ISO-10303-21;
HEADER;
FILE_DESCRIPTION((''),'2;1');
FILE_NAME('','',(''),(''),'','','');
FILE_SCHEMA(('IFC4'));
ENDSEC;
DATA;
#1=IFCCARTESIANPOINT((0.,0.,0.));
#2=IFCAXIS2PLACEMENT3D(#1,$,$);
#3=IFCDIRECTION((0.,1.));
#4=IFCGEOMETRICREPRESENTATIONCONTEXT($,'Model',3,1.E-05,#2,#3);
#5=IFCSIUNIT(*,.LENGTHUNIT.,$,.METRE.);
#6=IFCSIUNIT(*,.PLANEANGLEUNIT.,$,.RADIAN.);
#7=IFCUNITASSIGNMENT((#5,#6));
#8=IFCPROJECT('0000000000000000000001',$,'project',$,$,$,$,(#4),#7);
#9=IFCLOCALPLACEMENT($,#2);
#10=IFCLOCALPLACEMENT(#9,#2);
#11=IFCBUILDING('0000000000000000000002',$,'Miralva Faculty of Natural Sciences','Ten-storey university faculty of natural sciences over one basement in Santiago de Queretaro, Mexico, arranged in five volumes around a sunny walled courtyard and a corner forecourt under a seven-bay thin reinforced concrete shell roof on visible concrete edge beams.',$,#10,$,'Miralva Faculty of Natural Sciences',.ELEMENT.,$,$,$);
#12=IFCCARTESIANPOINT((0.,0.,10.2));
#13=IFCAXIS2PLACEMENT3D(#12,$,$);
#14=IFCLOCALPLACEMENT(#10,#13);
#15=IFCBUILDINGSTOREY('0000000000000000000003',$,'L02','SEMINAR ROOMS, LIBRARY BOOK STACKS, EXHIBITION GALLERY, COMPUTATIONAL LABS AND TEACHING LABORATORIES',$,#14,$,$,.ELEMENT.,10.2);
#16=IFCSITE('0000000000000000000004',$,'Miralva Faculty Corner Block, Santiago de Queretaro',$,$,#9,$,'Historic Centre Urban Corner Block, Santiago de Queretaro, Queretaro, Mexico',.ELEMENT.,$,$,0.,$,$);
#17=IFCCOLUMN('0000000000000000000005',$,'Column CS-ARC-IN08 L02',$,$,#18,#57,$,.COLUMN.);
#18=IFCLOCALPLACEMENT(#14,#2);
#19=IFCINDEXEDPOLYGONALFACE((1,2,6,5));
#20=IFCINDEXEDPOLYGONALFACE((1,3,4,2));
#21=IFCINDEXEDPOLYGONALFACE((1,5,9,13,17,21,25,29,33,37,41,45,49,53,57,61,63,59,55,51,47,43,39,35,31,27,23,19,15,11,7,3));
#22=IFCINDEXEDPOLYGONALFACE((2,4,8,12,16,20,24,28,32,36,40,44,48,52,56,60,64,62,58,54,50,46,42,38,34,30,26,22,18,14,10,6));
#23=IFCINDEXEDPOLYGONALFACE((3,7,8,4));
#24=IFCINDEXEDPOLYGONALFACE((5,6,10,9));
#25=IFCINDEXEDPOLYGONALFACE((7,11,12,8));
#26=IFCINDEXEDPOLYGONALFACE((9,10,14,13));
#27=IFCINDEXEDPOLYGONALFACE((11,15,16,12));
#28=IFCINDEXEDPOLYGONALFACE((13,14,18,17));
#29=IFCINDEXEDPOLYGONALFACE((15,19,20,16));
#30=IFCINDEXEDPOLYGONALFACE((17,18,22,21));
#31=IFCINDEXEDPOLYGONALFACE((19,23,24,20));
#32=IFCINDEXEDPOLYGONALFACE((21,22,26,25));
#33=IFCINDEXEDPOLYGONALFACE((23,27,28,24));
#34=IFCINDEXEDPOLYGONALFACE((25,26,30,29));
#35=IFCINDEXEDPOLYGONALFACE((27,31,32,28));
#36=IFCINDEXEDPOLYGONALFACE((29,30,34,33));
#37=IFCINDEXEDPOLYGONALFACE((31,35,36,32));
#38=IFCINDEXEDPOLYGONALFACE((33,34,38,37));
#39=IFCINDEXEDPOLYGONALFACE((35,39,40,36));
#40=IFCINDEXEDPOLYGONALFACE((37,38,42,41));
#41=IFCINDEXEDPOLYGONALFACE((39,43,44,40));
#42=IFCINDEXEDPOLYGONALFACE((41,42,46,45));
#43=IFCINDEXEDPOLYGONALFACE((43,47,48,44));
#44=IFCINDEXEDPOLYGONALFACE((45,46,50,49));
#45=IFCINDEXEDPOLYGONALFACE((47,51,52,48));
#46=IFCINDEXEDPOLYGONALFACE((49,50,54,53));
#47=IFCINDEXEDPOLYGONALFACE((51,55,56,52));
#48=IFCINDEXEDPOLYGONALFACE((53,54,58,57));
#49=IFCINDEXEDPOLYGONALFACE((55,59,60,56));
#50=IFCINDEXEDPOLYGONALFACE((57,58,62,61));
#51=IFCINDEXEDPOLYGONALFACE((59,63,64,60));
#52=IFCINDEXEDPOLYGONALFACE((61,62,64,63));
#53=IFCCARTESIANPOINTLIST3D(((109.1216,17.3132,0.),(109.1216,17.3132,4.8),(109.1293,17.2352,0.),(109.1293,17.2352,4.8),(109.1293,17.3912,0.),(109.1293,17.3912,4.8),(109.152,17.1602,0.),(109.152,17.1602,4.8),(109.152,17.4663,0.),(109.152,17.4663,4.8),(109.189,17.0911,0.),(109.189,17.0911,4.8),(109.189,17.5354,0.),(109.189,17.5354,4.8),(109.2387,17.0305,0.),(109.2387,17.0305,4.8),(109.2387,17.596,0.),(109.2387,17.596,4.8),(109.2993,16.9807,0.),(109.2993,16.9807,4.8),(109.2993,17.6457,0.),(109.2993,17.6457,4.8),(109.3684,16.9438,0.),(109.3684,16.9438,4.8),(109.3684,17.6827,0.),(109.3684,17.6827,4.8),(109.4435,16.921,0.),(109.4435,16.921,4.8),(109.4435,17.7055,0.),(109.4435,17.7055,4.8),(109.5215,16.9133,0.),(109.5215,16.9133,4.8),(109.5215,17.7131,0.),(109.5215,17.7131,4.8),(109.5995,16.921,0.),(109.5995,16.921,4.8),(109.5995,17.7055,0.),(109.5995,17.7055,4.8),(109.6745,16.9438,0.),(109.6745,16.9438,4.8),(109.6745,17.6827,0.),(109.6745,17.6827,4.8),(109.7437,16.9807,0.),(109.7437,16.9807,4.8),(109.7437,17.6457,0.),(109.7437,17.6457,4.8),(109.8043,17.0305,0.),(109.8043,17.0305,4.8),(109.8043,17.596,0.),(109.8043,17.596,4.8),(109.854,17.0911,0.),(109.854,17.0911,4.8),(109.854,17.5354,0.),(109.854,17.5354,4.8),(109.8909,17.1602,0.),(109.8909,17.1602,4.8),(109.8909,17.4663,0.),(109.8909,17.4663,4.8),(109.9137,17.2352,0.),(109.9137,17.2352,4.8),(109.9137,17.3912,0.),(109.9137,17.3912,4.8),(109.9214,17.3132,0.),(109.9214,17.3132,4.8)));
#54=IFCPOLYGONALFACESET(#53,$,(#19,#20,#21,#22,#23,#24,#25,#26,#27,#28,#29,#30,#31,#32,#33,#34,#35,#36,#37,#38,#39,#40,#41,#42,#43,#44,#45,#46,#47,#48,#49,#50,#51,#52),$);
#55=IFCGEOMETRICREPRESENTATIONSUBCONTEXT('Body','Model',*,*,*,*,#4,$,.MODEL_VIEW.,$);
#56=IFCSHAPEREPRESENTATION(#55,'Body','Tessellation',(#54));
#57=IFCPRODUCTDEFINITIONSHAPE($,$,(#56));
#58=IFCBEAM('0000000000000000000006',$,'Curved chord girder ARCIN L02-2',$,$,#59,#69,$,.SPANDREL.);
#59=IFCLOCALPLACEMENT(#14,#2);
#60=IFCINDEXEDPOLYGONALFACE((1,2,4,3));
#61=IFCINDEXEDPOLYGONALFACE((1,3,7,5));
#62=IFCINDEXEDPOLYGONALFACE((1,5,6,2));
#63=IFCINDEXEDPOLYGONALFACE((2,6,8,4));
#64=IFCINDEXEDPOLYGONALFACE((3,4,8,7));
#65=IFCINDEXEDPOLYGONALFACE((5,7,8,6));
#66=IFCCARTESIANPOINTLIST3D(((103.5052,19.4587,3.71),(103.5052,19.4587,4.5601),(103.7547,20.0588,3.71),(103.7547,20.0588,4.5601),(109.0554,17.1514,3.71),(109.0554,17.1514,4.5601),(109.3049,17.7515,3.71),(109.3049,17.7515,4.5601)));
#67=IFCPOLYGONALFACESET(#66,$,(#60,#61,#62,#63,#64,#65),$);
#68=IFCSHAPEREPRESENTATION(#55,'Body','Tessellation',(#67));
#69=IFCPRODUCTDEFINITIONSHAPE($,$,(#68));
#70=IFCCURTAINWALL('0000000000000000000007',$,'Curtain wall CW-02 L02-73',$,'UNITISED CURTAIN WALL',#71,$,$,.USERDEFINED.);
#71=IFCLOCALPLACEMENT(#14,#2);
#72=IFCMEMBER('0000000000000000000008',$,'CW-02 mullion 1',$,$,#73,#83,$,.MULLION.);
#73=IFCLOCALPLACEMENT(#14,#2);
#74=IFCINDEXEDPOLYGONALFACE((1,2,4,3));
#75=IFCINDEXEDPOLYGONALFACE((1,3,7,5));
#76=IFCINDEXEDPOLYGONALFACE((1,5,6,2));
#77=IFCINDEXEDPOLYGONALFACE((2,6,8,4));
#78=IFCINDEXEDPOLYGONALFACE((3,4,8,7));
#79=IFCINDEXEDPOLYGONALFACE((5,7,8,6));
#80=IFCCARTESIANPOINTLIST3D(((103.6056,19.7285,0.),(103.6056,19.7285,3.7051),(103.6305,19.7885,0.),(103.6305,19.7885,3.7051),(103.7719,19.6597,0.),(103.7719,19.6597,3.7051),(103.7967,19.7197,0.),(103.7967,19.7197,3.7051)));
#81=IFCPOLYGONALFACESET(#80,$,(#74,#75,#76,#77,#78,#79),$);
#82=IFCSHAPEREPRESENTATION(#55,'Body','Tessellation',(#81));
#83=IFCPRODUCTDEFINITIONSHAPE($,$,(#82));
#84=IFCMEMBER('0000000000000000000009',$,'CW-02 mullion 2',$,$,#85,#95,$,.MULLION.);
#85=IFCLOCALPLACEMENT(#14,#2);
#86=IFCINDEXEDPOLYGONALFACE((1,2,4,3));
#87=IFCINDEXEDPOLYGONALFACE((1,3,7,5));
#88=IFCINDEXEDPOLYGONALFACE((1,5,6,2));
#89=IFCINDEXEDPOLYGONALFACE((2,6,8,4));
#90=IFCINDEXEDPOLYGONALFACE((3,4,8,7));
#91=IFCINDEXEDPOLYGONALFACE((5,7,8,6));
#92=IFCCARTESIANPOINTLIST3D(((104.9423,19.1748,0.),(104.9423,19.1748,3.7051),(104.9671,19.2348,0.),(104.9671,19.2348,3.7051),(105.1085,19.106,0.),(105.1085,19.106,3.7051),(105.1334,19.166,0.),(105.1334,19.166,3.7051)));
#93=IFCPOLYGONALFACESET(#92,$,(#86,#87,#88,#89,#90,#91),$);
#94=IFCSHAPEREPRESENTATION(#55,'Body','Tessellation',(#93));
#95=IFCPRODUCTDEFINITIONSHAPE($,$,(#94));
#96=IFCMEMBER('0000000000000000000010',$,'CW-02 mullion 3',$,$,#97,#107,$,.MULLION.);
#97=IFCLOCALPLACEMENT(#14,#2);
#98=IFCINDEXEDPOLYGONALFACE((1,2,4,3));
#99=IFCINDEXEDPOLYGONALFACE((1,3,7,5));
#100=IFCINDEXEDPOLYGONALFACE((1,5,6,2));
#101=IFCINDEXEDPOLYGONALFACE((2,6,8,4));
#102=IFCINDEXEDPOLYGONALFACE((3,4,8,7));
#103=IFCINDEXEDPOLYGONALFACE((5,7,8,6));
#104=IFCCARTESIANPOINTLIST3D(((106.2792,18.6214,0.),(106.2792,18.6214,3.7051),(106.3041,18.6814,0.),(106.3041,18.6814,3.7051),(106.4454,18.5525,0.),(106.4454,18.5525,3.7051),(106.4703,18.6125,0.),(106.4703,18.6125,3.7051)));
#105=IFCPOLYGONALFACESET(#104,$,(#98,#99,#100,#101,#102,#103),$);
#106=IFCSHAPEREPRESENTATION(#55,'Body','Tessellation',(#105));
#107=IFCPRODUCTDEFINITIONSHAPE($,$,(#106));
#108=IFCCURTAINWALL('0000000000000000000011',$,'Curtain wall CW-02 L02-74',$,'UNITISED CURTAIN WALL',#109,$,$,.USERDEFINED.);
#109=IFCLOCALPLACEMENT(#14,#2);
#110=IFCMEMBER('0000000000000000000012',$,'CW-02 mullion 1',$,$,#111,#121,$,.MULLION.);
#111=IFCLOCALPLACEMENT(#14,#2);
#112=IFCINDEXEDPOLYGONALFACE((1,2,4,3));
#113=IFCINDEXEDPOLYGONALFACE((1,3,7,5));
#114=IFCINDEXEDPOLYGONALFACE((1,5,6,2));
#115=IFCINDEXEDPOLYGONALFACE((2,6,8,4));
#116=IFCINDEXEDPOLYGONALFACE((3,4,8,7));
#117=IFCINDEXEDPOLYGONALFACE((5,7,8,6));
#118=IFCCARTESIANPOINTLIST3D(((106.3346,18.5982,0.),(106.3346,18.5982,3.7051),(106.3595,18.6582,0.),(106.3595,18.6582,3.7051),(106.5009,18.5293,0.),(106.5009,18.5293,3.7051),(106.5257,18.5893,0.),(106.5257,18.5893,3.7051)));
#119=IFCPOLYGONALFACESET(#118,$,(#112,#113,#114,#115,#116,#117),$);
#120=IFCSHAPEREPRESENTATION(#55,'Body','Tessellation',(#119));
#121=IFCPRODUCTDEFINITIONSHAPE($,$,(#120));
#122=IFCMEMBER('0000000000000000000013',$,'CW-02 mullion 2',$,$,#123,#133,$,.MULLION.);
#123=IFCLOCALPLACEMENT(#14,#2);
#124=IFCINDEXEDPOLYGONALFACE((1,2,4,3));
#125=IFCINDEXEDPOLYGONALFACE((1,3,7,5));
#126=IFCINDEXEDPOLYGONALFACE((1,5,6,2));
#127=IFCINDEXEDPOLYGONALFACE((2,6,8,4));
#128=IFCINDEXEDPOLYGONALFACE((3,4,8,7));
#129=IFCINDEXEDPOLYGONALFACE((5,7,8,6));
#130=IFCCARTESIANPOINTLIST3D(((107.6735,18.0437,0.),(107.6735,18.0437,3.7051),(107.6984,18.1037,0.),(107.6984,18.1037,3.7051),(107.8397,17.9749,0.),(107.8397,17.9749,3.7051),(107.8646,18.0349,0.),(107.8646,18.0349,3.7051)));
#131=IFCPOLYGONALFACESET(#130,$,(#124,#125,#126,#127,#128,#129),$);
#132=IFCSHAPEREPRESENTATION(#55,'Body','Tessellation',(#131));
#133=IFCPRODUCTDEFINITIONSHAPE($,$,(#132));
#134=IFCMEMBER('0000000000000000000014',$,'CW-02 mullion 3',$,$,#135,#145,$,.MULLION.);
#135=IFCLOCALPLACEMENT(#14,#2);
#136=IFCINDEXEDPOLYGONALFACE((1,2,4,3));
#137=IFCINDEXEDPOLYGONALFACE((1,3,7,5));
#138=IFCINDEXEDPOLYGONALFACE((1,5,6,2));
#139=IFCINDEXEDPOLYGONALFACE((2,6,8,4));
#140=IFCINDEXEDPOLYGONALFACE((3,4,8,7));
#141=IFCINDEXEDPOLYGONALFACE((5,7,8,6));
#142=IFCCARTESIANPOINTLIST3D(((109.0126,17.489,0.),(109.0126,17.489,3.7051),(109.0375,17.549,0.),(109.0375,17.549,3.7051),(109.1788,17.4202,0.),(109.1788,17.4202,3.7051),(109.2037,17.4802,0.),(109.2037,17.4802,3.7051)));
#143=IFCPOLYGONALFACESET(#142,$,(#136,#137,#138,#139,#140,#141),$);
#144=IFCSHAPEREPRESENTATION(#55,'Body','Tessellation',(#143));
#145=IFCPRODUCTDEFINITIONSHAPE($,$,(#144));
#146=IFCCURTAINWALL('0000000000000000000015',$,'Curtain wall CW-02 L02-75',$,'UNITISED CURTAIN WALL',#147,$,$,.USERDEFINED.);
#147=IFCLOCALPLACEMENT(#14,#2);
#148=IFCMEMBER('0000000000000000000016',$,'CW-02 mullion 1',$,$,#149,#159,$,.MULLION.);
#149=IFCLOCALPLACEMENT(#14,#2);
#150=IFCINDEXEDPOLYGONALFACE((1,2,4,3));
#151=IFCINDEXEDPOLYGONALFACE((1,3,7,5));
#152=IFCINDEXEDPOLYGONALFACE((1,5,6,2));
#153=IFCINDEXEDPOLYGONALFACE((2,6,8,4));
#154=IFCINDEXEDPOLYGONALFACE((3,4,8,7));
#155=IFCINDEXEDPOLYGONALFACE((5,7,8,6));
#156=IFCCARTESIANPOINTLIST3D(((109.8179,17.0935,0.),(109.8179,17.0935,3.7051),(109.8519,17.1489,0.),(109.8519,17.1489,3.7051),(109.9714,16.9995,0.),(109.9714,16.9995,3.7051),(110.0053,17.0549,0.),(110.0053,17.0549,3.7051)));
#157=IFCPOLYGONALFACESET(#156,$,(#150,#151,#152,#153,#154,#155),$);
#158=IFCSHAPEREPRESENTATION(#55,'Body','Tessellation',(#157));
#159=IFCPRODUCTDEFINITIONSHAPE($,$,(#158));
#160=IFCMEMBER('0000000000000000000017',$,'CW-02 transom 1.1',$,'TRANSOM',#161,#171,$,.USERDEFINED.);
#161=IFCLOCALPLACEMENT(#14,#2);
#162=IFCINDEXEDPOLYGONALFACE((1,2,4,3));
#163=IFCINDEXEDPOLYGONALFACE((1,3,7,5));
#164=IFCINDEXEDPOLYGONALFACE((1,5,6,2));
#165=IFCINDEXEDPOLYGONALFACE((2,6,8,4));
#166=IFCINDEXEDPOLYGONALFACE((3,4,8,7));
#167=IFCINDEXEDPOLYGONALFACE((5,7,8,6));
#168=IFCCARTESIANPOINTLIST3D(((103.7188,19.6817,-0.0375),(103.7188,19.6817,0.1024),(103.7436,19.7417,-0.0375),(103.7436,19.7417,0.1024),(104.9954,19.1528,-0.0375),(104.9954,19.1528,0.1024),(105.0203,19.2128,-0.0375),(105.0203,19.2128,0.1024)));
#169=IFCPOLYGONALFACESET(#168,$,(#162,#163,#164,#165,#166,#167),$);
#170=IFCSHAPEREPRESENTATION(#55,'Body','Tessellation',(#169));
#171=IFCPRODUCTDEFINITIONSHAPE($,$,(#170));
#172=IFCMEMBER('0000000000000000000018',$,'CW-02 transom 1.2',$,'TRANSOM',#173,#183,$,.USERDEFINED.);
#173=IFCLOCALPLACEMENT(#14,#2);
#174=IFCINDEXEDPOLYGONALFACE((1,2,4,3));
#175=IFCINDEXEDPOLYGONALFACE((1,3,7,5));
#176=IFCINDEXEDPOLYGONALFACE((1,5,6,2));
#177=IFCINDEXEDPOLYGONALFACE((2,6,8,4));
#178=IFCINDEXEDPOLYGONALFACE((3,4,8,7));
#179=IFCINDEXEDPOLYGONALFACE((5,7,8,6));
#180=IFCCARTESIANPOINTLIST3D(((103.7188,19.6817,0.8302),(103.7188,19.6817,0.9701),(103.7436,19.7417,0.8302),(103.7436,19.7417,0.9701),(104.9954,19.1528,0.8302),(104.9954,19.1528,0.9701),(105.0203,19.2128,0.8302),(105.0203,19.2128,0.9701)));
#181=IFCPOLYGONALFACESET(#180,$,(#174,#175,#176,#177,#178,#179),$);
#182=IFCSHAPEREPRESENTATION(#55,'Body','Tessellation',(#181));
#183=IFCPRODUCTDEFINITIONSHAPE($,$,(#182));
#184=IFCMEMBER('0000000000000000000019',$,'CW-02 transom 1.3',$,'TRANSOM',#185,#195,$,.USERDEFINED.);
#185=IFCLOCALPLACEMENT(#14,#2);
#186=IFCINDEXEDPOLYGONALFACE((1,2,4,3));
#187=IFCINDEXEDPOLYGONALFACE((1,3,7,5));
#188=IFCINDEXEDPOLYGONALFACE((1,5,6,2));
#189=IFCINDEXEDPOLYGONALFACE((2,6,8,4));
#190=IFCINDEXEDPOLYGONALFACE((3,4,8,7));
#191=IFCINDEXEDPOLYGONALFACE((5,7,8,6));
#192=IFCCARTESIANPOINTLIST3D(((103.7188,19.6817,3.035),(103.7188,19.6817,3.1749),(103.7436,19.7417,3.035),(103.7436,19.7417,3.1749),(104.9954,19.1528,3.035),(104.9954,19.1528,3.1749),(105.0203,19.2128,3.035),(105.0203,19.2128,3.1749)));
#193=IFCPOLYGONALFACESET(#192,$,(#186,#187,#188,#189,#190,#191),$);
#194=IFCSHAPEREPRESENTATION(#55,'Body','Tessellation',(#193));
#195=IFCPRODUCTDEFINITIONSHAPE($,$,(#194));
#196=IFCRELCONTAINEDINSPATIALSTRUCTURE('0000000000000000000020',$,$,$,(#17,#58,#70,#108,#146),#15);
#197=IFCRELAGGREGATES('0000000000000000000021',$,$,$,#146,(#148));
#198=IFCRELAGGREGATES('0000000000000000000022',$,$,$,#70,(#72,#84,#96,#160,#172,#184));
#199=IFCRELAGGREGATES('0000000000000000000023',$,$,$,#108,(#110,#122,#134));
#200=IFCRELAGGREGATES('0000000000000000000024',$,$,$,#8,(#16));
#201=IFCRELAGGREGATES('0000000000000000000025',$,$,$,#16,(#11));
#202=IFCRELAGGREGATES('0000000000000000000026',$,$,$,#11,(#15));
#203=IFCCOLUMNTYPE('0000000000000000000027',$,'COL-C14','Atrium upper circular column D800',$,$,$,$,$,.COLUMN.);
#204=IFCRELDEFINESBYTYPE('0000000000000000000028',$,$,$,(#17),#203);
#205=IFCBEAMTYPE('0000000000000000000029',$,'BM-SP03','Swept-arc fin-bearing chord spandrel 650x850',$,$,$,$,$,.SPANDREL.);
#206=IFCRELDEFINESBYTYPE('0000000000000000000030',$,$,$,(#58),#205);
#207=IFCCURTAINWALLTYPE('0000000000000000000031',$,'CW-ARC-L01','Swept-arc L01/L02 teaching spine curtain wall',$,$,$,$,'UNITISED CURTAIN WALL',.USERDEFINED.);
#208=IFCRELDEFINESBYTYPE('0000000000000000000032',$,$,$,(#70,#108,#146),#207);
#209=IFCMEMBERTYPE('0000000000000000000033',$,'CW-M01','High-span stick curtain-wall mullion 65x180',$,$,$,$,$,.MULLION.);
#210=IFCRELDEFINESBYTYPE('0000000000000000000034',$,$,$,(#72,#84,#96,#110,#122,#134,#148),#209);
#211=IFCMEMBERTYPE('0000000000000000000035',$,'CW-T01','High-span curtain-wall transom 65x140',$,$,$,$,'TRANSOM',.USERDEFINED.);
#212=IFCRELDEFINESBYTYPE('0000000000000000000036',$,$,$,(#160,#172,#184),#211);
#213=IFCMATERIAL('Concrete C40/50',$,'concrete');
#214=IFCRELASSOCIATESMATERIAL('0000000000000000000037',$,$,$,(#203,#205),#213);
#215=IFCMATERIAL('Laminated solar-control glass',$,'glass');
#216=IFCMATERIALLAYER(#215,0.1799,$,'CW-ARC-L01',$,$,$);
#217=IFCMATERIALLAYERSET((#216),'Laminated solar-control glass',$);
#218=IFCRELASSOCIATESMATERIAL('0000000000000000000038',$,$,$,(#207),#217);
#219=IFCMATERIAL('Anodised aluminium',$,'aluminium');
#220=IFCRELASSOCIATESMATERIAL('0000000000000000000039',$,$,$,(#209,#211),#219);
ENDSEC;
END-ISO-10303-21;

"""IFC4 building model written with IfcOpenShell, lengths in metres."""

from ifc_helpers import new_model, si_unit, direction, frame, origin, origin_2d, place, context, subcontext, project, spatial, rectangle, circle, extrude, material, layer, layer_set, material_profile, profile_set, type_object, element, aggregate, save


model = new_model("IFC4")

# Units and contexts
model_context = context("Model", 3, precision=1e-05, world=origin(), true_north=direction((0.0, 1.0)))
body_context = subcontext(model_context, "Body", "Model", "MODEL_VIEW")
ifc_project = project(units=[si_unit("LENGTHUNIT", "METRE"), si_unit("PLANEANGLEUNIT", "RADIAN")], contexts=[model_context])

# Site, building, storey
site_placement = place(None, origin())
site = spatial("IfcSite", under=ifc_project, at=site_placement, Name="Miralva Faculty Corner Block, Santiago de Queretaro", LongName="Historic Centre Urban Corner Block, Santiago de Queretaro, Queretaro, Mexico", CompositionType="ELEMENT", RefElevation=0.0)
building_placement = place(site_placement, origin())
building = spatial("IfcBuilding", under=site, at=building_placement, Name="Miralva Faculty of Natural Sciences", Description="Ten-storey university faculty of natural sciences over one basement in Santiago de Queretaro, Mexico, arranged in five volumes around a sunny walled courtyard and a corner forecourt under a seven-bay thin reinforced concrete shell roof on visible concrete edge beams.", LongName="Miralva Faculty of Natural Sciences", CompositionType="ELEMENT")
storey_placement = place(building_placement, frame((0.0, 0.0, 10.2)))
storey = spatial("IfcBuildingStorey", under=building, at=storey_placement, Name="L02", Description="SEMINAR ROOMS, LIBRARY BOOK STACKS, EXHIBITION GALLERY, COMPUTATIONAL LABS AND TEACHING LABORATORIES", CompositionType="ELEMENT", Elevation=10.2)

# Column
ifc_material_1 = material(Name="Concrete C40/50", Category="concrete")
ifc_material_profile_1 = material_profile(ifc_material_1, circle(Radius=0.3999, at=origin_2d()), Name="RC DIA 800")
ifc_profile_set_1 = profile_set([ifc_material_profile_1], Name="Concrete C40/50")
column_type = type_object("IfcColumnType", Name="COL-C14", Description="Atrium upper circular column D800", PredefinedType="COLUMN", material=ifc_profile_set_1)
column_placement = place(storey_placement, frame((109.5215, 17.3132, 0.0), z_axis=(0.0, 0.0, 1.0), x_axis=(1.0, 0.0, 0.0)))
element("IfcColumn", 1, at=column_placement, inside=storey, type_object=column_type, Name="Column CS-ARC-IN08 L02", PredefinedType="COLUMN", context=body_context, shape_type="SweptSolid", body=[
    extrude(circle(Radius=0.3999, at=origin_2d()), origin(), (0.0, 0.0, 1.0), 4.8),
])

# Beam
ifc_material_profile_2 = material_profile(ifc_material_1, rectangle(XDim=0.6499, YDim=0.8501, at=origin_2d()), Name="RC 650x850")
ifc_profile_set_2 = profile_set([ifc_material_profile_2], Name="Concrete C40/50")
beam_type = type_object("IfcBeamType", Name="BM-SP03", Description="Swept-arc fin-bearing chord spandrel 650x850", PredefinedType="SPANDREL", material=ifc_profile_set_2)
beam_placement = place(storey_placement, frame((109.1802, 17.4514, 4.135), z_axis=(-0.923387, 0.383871, 0.0), x_axis=(-0.383871, -0.923387, 0.0)))
element("IfcBeam", 2, at=beam_placement, inside=storey, type_object=beam_type, Name="Curved chord girder ARCIN L02-2", PredefinedType="SPANDREL", context=body_context, shape_type="SweptSolid", body=[
    extrude(rectangle(XDim=0.6499, YDim=0.8501, at=origin_2d()), origin(), (0.0, 0.0, 1.0), 6.0107),
])

# Curtain walls, members
ifc_material_2 = material(Name="Laminated solar-control glass", Category="glass")
ifc_layer_1 = layer(ifc_material_2, 0.1799, Name="CW-ARC-L01")
ifc_layer_set_1 = layer_set([ifc_layer_1], Name="Laminated solar-control glass")
curtain_wall_type = type_object("IfcCurtainWallType", Name="CW-ARC-L01", Description="Swept-arc L01/L02 teaching spine curtain wall", ElementType="UNITISED CURTAIN WALL", PredefinedType="USERDEFINED", material=ifc_layer_set_1)
curtain_wall_1_placement = place(storey_placement, origin())
curtain_wall_1 = element("IfcCurtainWall", 3, at=curtain_wall_1_placement, inside=storey, type_object=curtain_wall_type, Name="Curtain wall CW-02 L02-73", ObjectType="UNITISED CURTAIN WALL", PredefinedType="USERDEFINED")
ifc_material_3 = material(Name="Anodised aluminium", Category="aluminium")
ifc_material_profile_3 = material_profile(ifc_material_3, rectangle(XDim=0.0649, YDim=0.1799, at=origin_2d()), Name="MULLION 65x180")
ifc_profile_set_3 = profile_set([ifc_material_profile_3], Name="Anodised aluminium")
member_type_1 = type_object("IfcMemberType", Name="CW-M01", Description="High-span stick curtain-wall mullion 65x180", PredefinedType="MULLION", material=ifc_profile_set_3)
member_1_placement = place(storey_placement, frame((103.7012, 19.7241, 0.0), z_axis=(0.0, 0.0, 1.0), x_axis=(0.382656, 0.923891, 0.0)))
member_1 = element("IfcMember", 4, at=member_1_placement, type_object=member_type_1, Name="CW-02 mullion 1", PredefinedType="MULLION", context=body_context, shape_type="SweptSolid", body=[
    extrude(rectangle(XDim=0.0649, YDim=0.1799, at=origin_2d()), origin(), (0.0, 0.0, 1.0), 3.7051),
])
member_2_placement = place(storey_placement, frame((105.0378, 19.1704, 0.0), z_axis=(0.0, 0.0, 1.0), x_axis=(0.382656, 0.923891, 0.0)))
member_2 = element("IfcMember", 5, at=member_2_placement, type_object=member_type_1, Name="CW-02 mullion 2", PredefinedType="MULLION", context=body_context, shape_type="SweptSolid", body=[
    extrude(rectangle(XDim=0.0649, YDim=0.1799, at=origin_2d()), origin(), (0.0, 0.0, 1.0), 3.7051),
])
member_3_placement = place(storey_placement, frame((106.3748, 18.6169, 0.0), z_axis=(0.0, 0.0, 1.0), x_axis=(0.382656, 0.923891, 0.0)))
member_3 = element("IfcMember", 6, at=member_3_placement, type_object=member_type_1, Name="CW-02 mullion 3", PredefinedType="MULLION", context=body_context, shape_type="SweptSolid", body=[
    extrude(rectangle(XDim=0.0649, YDim=0.1799, at=origin_2d()), origin(), (0.0, 0.0, 1.0), 3.7051),
])
curtain_wall_2_placement = place(storey_placement, origin())
curtain_wall_2 = element("IfcCurtainWall", 7, at=curtain_wall_2_placement, inside=storey, type_object=curtain_wall_type, Name="Curtain wall CW-02 L02-74", ObjectType="UNITISED CURTAIN WALL", PredefinedType="USERDEFINED")
member_4_placement = place(storey_placement, frame((106.4302, 18.5938, 0.0), z_axis=(0.0, 0.0, 1.0), x_axis=(0.382695, 0.923875, 0.0)))
member_4 = element("IfcMember", 8, at=member_4_placement, type_object=member_type_1, Name="CW-02 mullion 1", PredefinedType="MULLION", context=body_context, shape_type="SweptSolid", body=[
    extrude(rectangle(XDim=0.0649, YDim=0.1799, at=origin_2d()), origin(), (0.0, 0.0, 1.0), 3.7051),
])
member_5_placement = place(storey_placement, frame((107.769, 18.0393, 0.0), z_axis=(0.0, 0.0, 1.0), x_axis=(0.382695, 0.923875, 0.0)))
member_5 = element("IfcMember", 9, at=member_5_placement, type_object=member_type_1, Name="CW-02 mullion 2", PredefinedType="MULLION", context=body_context, shape_type="SweptSolid", body=[
    extrude(rectangle(XDim=0.0649, YDim=0.1799, at=origin_2d()), origin(), (0.0, 0.0, 1.0), 3.7051),
])
member_6_placement = place(storey_placement, frame((109.1082, 17.4846, 0.0), z_axis=(0.0, 0.0, 1.0), x_axis=(0.382695, 0.923875, 0.0)))
member_6 = element("IfcMember", 10, at=member_6_placement, type_object=member_type_1, Name="CW-02 mullion 3", PredefinedType="MULLION", context=body_context, shape_type="SweptSolid", body=[
    extrude(rectangle(XDim=0.0649, YDim=0.1799, at=origin_2d()), origin(), (0.0, 0.0, 1.0), 3.7051),
])

# Curtain wall, member
curtain_wall_3_placement = place(storey_placement, origin())
curtain_wall_3 = element("IfcCurtainWall", 11, at=curtain_wall_3_placement, inside=storey, type_object=curtain_wall_type, Name="Curtain wall CW-02 L02-75", ObjectType="UNITISED CURTAIN WALL", PredefinedType="USERDEFINED")
member_7_placement = place(storey_placement, frame((109.9116, 17.0742, 0.0), z_axis=(0.0, 0.0, 1.0), x_axis=(0.522483, 0.85265, 0.0)))
member_7 = element("IfcMember", 12, at=member_7_placement, type_object=member_type_1, Name="CW-02 mullion 1", PredefinedType="MULLION", context=body_context, shape_type="SweptSolid", body=[
    extrude(rectangle(XDim=0.0649, YDim=0.1799, at=origin_2d()), origin(), (0.0, 0.0, 1.0), 3.7051),
])
aggregate(curtain_wall_3, [member_7])

# Members
ifc_material_profile_4 = material_profile(ifc_material_3, rectangle(XDim=0.0649, YDim=0.1399, at=origin_2d()), Name="TRANSOM 65x140")
ifc_profile_set_4 = profile_set([ifc_material_profile_4], Name="Anodised aluminium")
member_type_2 = type_object("IfcMemberType", Name="CW-T01", Description="High-span curtain-wall transom 65x140", ElementType="TRANSOM", PredefinedType="USERDEFINED", material=ifc_profile_set_4)
member_8_placement = place(storey_placement, frame((103.7312, 19.7117, 0.0325), z_axis=(0.923875, -0.382695, 0.0), x_axis=(0.382695, 0.923875, 0.0)))
member_8 = element("IfcMember", 13, at=member_8_placement, type_object=member_type_2, Name="CW-02 transom 1.1", ObjectType="TRANSOM", PredefinedType="USERDEFINED", context=body_context, shape_type="SweptSolid", body=[
    extrude(rectangle(XDim=0.0649, YDim=0.1399, at=origin_2d()), origin(), (0.0, 0.0, 1.0), 1.3818),
])
member_9_placement = place(storey_placement, frame((103.7312, 19.7117, 0.9001), z_axis=(0.923875, -0.382695, 0.0), x_axis=(0.382695, 0.923875, 0.0)))
member_9 = element("IfcMember", 14, at=member_9_placement, type_object=member_type_2, Name="CW-02 transom 1.2", ObjectType="TRANSOM", PredefinedType="USERDEFINED", context=body_context, shape_type="SweptSolid", body=[
    extrude(rectangle(XDim=0.0649, YDim=0.1399, at=origin_2d()), origin(), (0.0, 0.0, 1.0), 1.3818),
])
member_10_placement = place(storey_placement, frame((103.7312, 19.7117, 3.105), z_axis=(0.923875, -0.382695, 0.0), x_axis=(0.382695, 0.923875, 0.0)))
member_10 = element("IfcMember", 15, at=member_10_placement, type_object=member_type_2, Name="CW-02 transom 1.3", ObjectType="TRANSOM", PredefinedType="USERDEFINED", context=body_context, shape_type="SweptSolid", body=[
    extrude(rectangle(XDim=0.0649, YDim=0.1399, at=origin_2d()), origin(), (0.0, 0.0, 1.0), 1.3818),
])

aggregate(curtain_wall_1, [member_1, member_2, member_3, member_8, member_9, member_10])
aggregate(curtain_wall_2, [member_4, member_5, member_6])

save(model, "model.ifc")
